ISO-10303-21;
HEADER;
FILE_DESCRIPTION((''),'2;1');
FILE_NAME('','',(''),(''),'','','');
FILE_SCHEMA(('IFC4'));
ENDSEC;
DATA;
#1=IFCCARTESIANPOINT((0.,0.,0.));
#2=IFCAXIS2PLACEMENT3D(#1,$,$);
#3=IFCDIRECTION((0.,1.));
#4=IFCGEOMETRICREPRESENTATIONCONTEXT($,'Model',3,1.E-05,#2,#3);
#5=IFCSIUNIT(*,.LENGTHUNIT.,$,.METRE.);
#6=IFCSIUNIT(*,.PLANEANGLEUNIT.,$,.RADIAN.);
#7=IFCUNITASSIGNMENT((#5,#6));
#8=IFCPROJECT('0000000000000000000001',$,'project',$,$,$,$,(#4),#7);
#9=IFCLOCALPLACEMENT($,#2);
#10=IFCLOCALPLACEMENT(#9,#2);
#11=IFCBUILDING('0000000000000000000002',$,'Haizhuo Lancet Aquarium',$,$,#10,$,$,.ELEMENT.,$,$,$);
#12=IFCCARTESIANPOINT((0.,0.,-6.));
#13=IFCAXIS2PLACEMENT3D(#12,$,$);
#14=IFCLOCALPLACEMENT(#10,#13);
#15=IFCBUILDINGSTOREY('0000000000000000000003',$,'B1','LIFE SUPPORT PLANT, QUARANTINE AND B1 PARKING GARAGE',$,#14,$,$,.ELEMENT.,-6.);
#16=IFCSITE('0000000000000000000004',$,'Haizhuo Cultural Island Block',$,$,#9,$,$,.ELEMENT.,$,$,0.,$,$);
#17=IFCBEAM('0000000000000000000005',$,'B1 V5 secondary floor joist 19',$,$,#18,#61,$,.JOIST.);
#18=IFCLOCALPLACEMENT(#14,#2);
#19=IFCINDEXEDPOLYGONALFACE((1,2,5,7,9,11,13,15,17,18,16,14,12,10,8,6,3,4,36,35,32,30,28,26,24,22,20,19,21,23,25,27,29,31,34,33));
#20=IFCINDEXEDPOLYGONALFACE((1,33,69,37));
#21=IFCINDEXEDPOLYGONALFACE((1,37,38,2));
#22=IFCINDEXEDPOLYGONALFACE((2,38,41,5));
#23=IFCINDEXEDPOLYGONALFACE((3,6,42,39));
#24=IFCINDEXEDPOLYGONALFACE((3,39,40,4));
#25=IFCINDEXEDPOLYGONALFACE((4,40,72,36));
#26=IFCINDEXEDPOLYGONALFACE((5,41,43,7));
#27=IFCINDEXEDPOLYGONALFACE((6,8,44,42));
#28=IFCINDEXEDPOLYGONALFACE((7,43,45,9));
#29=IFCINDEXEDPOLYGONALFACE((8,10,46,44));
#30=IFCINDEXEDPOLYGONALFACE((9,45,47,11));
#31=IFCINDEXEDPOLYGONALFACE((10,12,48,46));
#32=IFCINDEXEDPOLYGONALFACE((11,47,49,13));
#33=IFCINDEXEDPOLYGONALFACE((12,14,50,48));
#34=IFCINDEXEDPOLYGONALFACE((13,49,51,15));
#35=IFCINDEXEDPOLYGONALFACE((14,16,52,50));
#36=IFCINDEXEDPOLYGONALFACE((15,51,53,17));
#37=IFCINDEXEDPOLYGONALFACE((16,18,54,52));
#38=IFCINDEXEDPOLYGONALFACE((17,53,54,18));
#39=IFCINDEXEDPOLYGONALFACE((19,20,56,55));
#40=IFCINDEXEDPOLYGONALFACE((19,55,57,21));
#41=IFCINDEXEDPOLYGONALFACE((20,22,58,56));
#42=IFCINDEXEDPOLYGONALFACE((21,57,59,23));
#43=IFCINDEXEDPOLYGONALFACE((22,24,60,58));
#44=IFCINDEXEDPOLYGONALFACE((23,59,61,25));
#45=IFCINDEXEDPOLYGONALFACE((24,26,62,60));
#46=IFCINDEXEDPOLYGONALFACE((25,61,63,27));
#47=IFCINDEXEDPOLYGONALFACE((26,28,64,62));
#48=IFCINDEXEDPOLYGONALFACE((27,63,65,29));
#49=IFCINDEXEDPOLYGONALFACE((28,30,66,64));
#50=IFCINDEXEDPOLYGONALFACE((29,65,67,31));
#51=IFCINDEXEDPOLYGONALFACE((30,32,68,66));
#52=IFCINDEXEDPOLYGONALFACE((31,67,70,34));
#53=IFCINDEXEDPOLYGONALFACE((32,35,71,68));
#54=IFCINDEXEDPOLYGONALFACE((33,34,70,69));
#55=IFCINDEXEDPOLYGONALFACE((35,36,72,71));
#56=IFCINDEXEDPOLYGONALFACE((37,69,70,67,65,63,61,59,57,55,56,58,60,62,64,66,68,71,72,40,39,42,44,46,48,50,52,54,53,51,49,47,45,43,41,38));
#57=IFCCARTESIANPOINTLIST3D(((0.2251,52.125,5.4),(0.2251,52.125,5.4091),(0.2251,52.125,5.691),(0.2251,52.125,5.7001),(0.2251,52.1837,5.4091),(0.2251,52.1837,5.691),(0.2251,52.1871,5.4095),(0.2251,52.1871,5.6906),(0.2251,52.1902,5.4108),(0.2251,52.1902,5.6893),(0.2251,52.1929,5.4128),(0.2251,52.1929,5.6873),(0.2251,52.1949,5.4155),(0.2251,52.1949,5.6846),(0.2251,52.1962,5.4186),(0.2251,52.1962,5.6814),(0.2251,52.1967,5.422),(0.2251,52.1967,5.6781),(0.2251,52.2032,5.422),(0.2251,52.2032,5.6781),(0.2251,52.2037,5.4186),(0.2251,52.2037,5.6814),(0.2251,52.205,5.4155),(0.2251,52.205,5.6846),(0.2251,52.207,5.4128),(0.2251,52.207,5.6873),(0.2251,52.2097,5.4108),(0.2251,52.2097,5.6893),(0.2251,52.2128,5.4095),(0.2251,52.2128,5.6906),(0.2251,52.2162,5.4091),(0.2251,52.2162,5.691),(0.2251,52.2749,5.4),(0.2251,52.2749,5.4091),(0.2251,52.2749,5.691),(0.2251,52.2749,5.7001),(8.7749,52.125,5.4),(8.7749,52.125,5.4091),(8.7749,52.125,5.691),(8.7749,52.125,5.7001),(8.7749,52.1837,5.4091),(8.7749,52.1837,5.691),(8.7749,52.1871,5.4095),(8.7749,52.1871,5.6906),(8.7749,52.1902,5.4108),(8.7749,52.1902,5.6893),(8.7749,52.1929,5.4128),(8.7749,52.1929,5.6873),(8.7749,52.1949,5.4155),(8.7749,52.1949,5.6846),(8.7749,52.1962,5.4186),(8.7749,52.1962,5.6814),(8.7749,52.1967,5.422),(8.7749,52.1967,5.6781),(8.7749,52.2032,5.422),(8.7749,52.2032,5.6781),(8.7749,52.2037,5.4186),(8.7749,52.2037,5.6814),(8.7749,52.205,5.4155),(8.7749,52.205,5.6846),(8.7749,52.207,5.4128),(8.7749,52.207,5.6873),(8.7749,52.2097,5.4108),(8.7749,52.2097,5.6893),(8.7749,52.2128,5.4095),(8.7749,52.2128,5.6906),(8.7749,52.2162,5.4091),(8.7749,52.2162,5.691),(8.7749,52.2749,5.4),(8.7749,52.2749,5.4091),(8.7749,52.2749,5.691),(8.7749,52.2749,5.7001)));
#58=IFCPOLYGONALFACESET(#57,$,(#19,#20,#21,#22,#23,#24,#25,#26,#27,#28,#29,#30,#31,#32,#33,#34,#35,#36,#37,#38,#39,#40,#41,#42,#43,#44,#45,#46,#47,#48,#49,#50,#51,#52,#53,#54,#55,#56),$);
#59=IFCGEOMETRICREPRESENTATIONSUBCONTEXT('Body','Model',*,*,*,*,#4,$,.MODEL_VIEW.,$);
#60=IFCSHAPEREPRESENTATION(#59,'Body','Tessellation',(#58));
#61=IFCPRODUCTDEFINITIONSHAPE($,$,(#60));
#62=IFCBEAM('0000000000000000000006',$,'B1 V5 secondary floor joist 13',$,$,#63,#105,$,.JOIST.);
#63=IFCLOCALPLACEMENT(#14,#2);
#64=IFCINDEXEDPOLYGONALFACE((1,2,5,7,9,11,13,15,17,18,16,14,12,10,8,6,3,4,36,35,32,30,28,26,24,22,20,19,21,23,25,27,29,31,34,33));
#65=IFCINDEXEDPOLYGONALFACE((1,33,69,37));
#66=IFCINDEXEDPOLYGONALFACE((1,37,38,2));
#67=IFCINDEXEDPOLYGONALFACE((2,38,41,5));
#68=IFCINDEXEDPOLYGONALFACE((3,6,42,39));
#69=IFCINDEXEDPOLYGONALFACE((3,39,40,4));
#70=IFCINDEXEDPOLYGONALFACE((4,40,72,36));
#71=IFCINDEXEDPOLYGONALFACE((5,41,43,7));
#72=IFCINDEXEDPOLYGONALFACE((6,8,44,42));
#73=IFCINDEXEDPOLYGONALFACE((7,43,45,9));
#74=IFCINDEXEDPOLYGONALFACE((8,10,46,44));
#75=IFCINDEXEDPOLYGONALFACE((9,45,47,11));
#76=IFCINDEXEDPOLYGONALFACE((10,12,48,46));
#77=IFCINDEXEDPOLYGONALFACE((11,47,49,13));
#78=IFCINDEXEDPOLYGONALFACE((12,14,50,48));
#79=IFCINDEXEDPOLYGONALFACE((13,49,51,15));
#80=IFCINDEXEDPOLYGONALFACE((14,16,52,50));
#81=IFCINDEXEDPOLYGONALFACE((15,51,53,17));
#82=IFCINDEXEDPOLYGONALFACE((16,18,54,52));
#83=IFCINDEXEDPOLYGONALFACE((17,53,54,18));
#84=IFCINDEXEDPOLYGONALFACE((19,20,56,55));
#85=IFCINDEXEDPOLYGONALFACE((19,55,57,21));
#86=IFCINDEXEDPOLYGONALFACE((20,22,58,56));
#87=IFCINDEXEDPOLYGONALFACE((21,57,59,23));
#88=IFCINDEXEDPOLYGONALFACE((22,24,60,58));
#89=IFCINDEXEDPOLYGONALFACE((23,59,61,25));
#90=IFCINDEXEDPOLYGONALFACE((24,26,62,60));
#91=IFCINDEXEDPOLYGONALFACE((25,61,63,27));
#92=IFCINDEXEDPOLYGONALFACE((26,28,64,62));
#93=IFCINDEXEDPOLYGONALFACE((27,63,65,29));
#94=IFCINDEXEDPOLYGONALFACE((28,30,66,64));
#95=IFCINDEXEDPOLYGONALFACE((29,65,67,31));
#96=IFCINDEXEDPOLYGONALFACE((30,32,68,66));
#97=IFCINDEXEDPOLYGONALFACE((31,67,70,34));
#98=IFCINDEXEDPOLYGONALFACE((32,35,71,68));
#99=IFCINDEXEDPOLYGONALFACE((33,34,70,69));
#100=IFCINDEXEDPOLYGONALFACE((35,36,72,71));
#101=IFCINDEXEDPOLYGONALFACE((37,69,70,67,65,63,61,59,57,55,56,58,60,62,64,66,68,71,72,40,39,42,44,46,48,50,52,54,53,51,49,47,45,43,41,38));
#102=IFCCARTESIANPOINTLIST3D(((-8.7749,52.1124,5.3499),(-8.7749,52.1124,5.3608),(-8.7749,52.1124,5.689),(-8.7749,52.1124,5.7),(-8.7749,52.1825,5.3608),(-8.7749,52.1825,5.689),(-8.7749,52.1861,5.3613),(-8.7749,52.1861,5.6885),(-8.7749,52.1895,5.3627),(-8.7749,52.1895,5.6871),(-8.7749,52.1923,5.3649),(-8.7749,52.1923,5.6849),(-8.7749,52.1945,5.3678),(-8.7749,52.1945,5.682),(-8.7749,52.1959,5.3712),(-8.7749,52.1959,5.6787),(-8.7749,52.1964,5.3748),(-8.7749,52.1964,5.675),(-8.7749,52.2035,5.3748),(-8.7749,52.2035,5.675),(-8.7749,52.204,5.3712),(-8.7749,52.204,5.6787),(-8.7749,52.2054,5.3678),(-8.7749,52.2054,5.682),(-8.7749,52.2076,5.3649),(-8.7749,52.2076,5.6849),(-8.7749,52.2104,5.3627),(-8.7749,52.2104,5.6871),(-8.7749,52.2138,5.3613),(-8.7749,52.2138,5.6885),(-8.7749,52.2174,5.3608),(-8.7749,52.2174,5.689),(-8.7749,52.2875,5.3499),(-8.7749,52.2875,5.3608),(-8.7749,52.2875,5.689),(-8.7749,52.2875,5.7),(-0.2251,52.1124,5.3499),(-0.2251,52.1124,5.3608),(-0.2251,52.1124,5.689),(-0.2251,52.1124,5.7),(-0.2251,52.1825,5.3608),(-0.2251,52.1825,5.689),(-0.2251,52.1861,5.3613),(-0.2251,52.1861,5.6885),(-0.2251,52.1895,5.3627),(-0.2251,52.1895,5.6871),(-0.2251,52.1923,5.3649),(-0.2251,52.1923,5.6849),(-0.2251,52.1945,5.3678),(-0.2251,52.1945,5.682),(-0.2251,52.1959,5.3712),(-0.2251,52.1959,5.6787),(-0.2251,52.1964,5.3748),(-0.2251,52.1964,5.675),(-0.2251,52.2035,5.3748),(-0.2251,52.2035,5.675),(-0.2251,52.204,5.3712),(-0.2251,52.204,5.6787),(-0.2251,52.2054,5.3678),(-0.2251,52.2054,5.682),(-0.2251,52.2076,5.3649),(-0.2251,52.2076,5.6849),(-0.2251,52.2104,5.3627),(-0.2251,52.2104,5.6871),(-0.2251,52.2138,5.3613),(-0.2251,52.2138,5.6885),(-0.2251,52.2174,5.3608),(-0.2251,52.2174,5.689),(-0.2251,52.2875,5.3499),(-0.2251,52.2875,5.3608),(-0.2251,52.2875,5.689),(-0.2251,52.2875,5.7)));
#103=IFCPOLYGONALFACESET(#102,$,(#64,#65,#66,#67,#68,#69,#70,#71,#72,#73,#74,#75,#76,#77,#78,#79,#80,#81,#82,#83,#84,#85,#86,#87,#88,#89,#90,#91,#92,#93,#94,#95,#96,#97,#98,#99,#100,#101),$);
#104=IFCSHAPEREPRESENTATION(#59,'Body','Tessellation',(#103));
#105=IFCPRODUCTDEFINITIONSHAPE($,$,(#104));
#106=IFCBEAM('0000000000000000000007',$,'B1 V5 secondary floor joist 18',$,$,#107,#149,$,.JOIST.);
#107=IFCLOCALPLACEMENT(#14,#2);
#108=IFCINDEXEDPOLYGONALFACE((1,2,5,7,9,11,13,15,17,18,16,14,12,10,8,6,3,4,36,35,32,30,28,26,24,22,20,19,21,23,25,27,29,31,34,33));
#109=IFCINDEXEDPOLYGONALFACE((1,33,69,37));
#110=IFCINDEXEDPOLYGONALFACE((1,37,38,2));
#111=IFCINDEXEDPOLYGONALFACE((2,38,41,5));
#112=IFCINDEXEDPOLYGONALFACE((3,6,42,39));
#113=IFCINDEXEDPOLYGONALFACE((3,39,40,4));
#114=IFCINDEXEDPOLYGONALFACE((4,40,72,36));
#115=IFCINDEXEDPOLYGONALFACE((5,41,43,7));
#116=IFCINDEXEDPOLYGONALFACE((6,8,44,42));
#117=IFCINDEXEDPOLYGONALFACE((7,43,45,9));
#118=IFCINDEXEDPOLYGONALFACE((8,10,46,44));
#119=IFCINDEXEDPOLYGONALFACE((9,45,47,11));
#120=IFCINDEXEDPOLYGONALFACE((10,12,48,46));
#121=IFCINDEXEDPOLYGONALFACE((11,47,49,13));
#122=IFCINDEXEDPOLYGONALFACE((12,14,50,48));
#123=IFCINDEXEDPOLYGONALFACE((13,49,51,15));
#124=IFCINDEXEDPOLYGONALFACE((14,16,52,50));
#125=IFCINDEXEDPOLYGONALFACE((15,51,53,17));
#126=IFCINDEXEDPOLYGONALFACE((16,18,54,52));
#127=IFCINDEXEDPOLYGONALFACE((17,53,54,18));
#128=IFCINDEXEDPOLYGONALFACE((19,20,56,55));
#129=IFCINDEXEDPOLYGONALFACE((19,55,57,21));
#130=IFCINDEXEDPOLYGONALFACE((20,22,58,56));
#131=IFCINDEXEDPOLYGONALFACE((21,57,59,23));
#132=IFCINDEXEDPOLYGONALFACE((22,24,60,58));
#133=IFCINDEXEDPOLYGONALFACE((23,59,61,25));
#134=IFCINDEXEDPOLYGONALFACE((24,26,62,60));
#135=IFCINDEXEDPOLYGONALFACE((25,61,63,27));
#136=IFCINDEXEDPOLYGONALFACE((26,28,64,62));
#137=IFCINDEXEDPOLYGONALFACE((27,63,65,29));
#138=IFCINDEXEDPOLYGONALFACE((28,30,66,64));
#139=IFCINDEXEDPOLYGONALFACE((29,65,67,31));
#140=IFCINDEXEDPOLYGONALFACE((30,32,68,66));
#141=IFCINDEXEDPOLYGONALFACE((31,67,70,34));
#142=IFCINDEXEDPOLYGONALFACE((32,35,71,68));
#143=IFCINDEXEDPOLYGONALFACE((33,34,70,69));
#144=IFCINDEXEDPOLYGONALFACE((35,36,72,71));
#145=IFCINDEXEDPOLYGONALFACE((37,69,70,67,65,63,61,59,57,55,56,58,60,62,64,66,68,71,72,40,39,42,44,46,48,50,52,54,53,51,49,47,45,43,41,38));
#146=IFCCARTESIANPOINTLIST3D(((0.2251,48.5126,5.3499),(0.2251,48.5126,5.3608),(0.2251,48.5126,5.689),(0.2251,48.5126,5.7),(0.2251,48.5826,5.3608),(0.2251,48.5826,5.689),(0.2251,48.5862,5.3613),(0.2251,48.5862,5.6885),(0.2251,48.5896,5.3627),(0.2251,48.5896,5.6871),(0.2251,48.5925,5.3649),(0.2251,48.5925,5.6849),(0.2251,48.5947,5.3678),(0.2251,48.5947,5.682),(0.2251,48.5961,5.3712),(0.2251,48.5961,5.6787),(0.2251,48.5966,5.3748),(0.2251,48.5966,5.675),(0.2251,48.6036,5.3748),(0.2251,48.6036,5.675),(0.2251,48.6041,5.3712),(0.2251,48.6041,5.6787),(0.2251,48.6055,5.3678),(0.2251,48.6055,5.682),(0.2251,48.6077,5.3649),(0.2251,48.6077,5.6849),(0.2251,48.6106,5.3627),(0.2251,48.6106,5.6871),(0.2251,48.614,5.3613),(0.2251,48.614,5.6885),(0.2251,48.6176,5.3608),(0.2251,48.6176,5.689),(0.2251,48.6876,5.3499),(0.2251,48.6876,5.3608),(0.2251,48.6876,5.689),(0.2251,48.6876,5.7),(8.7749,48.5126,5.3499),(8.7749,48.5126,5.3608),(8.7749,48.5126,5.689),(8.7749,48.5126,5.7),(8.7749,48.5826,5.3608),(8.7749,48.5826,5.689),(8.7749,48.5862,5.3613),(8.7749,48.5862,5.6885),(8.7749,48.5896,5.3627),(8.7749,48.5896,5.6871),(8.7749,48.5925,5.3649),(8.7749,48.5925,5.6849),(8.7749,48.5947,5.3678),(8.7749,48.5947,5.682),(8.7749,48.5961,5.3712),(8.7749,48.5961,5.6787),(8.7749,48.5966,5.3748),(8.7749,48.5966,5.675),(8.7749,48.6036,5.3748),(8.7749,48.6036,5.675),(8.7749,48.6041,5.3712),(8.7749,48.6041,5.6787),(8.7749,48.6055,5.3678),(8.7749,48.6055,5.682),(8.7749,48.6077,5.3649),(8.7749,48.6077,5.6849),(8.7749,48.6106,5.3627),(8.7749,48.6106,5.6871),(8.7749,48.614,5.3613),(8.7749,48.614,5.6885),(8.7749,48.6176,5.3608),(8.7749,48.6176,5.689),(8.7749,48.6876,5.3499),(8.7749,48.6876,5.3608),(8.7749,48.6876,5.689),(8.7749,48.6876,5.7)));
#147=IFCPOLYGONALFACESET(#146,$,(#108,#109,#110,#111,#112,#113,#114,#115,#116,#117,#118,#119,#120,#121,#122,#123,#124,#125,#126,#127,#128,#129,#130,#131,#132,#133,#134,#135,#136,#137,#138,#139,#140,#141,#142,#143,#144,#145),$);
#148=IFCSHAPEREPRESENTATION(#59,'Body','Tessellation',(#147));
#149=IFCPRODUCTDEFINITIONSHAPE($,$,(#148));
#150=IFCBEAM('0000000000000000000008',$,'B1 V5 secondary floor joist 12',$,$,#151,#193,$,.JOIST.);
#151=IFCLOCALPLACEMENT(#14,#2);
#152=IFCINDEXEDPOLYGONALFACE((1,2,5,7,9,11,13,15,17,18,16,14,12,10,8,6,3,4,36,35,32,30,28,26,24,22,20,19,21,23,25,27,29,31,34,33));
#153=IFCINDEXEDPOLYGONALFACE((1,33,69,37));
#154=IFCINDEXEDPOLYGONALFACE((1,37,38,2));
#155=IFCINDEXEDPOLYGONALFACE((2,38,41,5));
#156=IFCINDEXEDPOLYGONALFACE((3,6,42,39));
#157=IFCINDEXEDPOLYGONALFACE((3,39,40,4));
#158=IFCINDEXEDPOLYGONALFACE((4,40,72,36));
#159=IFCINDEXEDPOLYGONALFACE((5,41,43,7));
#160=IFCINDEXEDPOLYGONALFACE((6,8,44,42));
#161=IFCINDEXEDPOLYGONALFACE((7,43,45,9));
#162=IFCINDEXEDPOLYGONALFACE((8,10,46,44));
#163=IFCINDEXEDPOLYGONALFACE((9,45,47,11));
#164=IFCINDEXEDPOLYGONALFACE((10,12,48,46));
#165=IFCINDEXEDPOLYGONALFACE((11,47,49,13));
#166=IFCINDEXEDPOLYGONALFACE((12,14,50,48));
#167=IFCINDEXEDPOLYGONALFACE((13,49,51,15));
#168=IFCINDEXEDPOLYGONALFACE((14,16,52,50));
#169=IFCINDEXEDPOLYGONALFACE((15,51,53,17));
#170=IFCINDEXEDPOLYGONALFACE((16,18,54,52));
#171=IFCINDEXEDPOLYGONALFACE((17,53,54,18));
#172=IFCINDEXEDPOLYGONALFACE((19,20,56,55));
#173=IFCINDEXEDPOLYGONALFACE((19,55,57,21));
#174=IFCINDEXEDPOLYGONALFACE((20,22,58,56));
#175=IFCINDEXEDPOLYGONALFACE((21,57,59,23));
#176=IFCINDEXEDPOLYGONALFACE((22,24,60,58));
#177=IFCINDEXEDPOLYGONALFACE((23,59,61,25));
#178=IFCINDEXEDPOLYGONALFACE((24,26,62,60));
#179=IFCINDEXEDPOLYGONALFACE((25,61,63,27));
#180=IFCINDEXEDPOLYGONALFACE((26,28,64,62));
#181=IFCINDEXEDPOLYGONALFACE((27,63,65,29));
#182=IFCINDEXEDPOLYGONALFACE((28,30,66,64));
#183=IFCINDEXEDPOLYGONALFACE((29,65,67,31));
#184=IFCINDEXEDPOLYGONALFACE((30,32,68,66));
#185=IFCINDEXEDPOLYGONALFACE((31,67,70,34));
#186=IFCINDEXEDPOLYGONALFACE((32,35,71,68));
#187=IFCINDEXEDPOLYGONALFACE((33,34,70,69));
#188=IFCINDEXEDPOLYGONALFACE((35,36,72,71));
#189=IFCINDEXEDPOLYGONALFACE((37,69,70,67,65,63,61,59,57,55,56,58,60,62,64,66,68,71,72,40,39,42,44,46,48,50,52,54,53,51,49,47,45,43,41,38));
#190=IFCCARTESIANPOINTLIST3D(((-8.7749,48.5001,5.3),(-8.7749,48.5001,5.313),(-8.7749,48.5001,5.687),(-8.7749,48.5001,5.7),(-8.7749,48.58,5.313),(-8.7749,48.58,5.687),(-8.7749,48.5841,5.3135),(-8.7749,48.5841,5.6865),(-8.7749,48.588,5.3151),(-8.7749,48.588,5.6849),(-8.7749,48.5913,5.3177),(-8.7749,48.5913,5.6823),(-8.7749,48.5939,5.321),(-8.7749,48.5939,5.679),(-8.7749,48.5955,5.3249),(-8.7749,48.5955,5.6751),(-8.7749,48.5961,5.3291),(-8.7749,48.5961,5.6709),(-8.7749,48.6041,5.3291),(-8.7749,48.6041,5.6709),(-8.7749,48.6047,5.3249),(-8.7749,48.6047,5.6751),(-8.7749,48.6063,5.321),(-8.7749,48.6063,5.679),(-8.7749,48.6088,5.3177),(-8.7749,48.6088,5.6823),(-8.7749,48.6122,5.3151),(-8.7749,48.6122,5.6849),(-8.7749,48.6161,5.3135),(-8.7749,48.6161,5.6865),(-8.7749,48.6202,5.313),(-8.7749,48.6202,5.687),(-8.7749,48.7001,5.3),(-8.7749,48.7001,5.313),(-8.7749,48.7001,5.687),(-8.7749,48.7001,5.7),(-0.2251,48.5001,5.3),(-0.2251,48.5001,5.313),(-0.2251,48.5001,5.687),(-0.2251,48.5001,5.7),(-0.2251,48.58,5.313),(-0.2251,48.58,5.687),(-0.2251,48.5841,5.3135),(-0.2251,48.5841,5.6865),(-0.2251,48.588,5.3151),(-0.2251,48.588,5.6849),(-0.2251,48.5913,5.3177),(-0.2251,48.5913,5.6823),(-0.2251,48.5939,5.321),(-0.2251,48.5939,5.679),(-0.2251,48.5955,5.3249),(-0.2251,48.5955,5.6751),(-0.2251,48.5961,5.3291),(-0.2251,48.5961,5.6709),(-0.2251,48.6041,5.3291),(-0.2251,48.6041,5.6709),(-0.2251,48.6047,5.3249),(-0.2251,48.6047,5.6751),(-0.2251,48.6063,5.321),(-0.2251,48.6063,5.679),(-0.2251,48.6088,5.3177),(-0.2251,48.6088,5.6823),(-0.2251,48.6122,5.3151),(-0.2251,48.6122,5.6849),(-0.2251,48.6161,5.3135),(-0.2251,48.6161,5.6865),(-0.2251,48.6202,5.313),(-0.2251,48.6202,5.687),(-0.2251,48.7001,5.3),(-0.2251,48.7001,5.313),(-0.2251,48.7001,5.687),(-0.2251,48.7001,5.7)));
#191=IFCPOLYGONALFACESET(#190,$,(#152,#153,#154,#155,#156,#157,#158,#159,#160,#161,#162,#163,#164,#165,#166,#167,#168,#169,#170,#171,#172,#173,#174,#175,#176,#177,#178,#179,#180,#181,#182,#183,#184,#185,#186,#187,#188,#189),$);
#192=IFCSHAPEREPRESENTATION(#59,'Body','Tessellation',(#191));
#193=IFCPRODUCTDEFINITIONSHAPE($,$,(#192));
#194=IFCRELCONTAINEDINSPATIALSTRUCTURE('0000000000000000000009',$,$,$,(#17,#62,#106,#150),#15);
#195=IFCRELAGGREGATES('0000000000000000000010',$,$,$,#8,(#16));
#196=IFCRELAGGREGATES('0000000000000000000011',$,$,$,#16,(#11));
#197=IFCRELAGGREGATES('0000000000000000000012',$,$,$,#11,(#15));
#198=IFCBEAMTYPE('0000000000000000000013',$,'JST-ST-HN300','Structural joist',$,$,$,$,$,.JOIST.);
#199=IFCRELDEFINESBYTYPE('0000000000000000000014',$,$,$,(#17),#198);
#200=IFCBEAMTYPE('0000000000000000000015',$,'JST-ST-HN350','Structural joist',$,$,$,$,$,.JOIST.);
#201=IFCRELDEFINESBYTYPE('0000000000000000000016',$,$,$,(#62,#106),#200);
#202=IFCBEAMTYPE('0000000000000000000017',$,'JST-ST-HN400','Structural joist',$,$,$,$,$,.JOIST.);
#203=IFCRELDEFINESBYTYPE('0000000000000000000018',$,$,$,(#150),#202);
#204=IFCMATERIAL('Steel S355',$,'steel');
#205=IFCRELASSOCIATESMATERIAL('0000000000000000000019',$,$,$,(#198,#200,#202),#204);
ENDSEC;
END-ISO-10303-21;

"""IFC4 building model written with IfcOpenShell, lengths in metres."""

from ifc_helpers import new_model, si_unit, direction, frame, origin, origin_2d, place, context, subcontext, project, spatial, i_section, extrude, material, material_profile, profile_set, type_object, element, save


model = new_model("IFC4")

# Units and contexts
model_context = context("Model", 3, precision=1e-05, world=origin(), true_north=direction((0.0, 1.0)))
body_context = subcontext(model_context, "Body", "Model", "MODEL_VIEW")
ifc_project = project(units=[si_unit("LENGTHUNIT", "METRE"), si_unit("PLANEANGLEUNIT", "RADIAN")], contexts=[model_context])

# Site, building, storey
site_placement = place(None, origin())
site = spatial("IfcSite", under=ifc_project, at=site_placement, Name="Haizhuo Cultural Island Block", CompositionType="ELEMENT", RefElevation=0.0)
building_placement = place(site_placement, origin())
building = spatial("IfcBuilding", under=site, at=building_placement, Name="Haizhuo Lancet Aquarium", CompositionType="ELEMENT")
storey_placement = place(building_placement, frame((0.0, 0.0, -6.0)))
storey = spatial("IfcBuildingStorey", under=building, at=storey_placement, Name="B1", Description="LIFE SUPPORT PLANT, QUARANTINE AND B1 PARKING GARAGE", CompositionType="ELEMENT", Elevation=-6.0)

# Beams
ifc_material_1 = material(Name="Steel S355", Category="steel")
ifc_material_profile_1 = material_profile(ifc_material_1, i_section(OverallWidth=0.1499, OverallDepth=0.3, WebThickness=0.0066, FlangeThickness=0.009, FilletRadius=0.0129, at=origin_2d()), Name="HN 300x150x6.5x9")
ifc_profile_set_1 = profile_set([ifc_material_profile_1], Name="Steel S355")
beam_type_1 = type_object("IfcBeamType", Name="JST-ST-HN300", Description="Structural joist", PredefinedType="JOIST", material=ifc_profile_set_1)
beam_1_placement = place(storey_placement, frame((0.2251, 52.2, 5.55), z_axis=(1.0, 0.0, 0.0), x_axis=(0.0, 1.0, 0.0)))
element("IfcBeam", 1, at=beam_1_placement, inside=storey, type_object=beam_type_1, Name="B1 V5 secondary floor joist 19", PredefinedType="JOIST", context=body_context, shape_type="SweptSolid", body=[
    extrude(i_section(OverallWidth=0.1499, OverallDepth=0.3, WebThickness=0.0066, FlangeThickness=0.009, FilletRadius=0.0129, at=origin_2d()), origin(), (0.0, 0.0, 1.0), 8.5498),
])
ifc_material_profile_2 = material_profile(ifc_material_1, i_section(OverallWidth=0.175, OverallDepth=0.3501, WebThickness=0.0071, FlangeThickness=0.011, FilletRadius=0.0139, at=origin_2d()), Name="HN 350x175x7x11")
ifc_profile_set_2 = profile_set([ifc_material_profile_2], Name="Steel S355")
beam_type_2 = type_object("IfcBeamType", Name="JST-ST-HN350", Description="Structural joist", PredefinedType="JOIST", material=ifc_profile_set_2)
for number, where, z_axis, x_axis, name in (
    (2, (-8.7749, 52.2, 5.5249), (1.0, 0.0, 0.0), (0.0, 1.0, 0.0), "B1 V5 secondary floor joist 13"),
    (3, (0.2251, 48.6001, 5.5249), (1.0, 0.0, 0.0), (0.0, 1.0, 0.0), "B1 V5 secondary floor joist 18"),
):
    element("IfcBeam", number, at=place(storey_placement, frame(where, z_axis=z_axis, x_axis=x_axis)), inside=storey, type_object=beam_type_2, Name=name, PredefinedType="JOIST", context=body_context, shape_type="SweptSolid", body=[
        extrude(i_section(OverallWidth=0.175, OverallDepth=0.3501, WebThickness=0.0071, FlangeThickness=0.011, FilletRadius=0.0139, at=origin_2d()), origin(), (0.0, 0.0, 1.0), 8.5498),
    ])
ifc_material_profile_3 = material_profile(ifc_material_1, i_section(OverallWidth=0.2, OverallDepth=0.3999, WebThickness=0.0081, FlangeThickness=0.0129, FilletRadius=0.0161, at=origin_2d()), Name="HN 400x200x8x13")
ifc_profile_set_3 = profile_set([ifc_material_profile_3], Name="Steel S355")
beam_type_3 = type_object("IfcBeamType", Name="JST-ST-HN400", Description="Structural joist", PredefinedType="JOIST", material=ifc_profile_set_3)
beam_2_placement = place(storey_placement, frame((-8.7749, 48.6001, 5.5), z_axis=(1.0, 0.0, 0.0), x_axis=(0.0, 1.0, 0.0)))
element("IfcBeam", 4, at=beam_2_placement, inside=storey, type_object=beam_type_3, Name="B1 V5 secondary floor joist 12", PredefinedType="JOIST", context=body_context, shape_type="SweptSolid", body=[
    extrude(i_section(OverallWidth=0.2, OverallDepth=0.3999, WebThickness=0.0081, FlangeThickness=0.0129, FilletRadius=0.0161, at=origin_2d()), origin(), (0.0, 0.0, 1.0), 8.5498),
])

save(model, "model.ifc")
